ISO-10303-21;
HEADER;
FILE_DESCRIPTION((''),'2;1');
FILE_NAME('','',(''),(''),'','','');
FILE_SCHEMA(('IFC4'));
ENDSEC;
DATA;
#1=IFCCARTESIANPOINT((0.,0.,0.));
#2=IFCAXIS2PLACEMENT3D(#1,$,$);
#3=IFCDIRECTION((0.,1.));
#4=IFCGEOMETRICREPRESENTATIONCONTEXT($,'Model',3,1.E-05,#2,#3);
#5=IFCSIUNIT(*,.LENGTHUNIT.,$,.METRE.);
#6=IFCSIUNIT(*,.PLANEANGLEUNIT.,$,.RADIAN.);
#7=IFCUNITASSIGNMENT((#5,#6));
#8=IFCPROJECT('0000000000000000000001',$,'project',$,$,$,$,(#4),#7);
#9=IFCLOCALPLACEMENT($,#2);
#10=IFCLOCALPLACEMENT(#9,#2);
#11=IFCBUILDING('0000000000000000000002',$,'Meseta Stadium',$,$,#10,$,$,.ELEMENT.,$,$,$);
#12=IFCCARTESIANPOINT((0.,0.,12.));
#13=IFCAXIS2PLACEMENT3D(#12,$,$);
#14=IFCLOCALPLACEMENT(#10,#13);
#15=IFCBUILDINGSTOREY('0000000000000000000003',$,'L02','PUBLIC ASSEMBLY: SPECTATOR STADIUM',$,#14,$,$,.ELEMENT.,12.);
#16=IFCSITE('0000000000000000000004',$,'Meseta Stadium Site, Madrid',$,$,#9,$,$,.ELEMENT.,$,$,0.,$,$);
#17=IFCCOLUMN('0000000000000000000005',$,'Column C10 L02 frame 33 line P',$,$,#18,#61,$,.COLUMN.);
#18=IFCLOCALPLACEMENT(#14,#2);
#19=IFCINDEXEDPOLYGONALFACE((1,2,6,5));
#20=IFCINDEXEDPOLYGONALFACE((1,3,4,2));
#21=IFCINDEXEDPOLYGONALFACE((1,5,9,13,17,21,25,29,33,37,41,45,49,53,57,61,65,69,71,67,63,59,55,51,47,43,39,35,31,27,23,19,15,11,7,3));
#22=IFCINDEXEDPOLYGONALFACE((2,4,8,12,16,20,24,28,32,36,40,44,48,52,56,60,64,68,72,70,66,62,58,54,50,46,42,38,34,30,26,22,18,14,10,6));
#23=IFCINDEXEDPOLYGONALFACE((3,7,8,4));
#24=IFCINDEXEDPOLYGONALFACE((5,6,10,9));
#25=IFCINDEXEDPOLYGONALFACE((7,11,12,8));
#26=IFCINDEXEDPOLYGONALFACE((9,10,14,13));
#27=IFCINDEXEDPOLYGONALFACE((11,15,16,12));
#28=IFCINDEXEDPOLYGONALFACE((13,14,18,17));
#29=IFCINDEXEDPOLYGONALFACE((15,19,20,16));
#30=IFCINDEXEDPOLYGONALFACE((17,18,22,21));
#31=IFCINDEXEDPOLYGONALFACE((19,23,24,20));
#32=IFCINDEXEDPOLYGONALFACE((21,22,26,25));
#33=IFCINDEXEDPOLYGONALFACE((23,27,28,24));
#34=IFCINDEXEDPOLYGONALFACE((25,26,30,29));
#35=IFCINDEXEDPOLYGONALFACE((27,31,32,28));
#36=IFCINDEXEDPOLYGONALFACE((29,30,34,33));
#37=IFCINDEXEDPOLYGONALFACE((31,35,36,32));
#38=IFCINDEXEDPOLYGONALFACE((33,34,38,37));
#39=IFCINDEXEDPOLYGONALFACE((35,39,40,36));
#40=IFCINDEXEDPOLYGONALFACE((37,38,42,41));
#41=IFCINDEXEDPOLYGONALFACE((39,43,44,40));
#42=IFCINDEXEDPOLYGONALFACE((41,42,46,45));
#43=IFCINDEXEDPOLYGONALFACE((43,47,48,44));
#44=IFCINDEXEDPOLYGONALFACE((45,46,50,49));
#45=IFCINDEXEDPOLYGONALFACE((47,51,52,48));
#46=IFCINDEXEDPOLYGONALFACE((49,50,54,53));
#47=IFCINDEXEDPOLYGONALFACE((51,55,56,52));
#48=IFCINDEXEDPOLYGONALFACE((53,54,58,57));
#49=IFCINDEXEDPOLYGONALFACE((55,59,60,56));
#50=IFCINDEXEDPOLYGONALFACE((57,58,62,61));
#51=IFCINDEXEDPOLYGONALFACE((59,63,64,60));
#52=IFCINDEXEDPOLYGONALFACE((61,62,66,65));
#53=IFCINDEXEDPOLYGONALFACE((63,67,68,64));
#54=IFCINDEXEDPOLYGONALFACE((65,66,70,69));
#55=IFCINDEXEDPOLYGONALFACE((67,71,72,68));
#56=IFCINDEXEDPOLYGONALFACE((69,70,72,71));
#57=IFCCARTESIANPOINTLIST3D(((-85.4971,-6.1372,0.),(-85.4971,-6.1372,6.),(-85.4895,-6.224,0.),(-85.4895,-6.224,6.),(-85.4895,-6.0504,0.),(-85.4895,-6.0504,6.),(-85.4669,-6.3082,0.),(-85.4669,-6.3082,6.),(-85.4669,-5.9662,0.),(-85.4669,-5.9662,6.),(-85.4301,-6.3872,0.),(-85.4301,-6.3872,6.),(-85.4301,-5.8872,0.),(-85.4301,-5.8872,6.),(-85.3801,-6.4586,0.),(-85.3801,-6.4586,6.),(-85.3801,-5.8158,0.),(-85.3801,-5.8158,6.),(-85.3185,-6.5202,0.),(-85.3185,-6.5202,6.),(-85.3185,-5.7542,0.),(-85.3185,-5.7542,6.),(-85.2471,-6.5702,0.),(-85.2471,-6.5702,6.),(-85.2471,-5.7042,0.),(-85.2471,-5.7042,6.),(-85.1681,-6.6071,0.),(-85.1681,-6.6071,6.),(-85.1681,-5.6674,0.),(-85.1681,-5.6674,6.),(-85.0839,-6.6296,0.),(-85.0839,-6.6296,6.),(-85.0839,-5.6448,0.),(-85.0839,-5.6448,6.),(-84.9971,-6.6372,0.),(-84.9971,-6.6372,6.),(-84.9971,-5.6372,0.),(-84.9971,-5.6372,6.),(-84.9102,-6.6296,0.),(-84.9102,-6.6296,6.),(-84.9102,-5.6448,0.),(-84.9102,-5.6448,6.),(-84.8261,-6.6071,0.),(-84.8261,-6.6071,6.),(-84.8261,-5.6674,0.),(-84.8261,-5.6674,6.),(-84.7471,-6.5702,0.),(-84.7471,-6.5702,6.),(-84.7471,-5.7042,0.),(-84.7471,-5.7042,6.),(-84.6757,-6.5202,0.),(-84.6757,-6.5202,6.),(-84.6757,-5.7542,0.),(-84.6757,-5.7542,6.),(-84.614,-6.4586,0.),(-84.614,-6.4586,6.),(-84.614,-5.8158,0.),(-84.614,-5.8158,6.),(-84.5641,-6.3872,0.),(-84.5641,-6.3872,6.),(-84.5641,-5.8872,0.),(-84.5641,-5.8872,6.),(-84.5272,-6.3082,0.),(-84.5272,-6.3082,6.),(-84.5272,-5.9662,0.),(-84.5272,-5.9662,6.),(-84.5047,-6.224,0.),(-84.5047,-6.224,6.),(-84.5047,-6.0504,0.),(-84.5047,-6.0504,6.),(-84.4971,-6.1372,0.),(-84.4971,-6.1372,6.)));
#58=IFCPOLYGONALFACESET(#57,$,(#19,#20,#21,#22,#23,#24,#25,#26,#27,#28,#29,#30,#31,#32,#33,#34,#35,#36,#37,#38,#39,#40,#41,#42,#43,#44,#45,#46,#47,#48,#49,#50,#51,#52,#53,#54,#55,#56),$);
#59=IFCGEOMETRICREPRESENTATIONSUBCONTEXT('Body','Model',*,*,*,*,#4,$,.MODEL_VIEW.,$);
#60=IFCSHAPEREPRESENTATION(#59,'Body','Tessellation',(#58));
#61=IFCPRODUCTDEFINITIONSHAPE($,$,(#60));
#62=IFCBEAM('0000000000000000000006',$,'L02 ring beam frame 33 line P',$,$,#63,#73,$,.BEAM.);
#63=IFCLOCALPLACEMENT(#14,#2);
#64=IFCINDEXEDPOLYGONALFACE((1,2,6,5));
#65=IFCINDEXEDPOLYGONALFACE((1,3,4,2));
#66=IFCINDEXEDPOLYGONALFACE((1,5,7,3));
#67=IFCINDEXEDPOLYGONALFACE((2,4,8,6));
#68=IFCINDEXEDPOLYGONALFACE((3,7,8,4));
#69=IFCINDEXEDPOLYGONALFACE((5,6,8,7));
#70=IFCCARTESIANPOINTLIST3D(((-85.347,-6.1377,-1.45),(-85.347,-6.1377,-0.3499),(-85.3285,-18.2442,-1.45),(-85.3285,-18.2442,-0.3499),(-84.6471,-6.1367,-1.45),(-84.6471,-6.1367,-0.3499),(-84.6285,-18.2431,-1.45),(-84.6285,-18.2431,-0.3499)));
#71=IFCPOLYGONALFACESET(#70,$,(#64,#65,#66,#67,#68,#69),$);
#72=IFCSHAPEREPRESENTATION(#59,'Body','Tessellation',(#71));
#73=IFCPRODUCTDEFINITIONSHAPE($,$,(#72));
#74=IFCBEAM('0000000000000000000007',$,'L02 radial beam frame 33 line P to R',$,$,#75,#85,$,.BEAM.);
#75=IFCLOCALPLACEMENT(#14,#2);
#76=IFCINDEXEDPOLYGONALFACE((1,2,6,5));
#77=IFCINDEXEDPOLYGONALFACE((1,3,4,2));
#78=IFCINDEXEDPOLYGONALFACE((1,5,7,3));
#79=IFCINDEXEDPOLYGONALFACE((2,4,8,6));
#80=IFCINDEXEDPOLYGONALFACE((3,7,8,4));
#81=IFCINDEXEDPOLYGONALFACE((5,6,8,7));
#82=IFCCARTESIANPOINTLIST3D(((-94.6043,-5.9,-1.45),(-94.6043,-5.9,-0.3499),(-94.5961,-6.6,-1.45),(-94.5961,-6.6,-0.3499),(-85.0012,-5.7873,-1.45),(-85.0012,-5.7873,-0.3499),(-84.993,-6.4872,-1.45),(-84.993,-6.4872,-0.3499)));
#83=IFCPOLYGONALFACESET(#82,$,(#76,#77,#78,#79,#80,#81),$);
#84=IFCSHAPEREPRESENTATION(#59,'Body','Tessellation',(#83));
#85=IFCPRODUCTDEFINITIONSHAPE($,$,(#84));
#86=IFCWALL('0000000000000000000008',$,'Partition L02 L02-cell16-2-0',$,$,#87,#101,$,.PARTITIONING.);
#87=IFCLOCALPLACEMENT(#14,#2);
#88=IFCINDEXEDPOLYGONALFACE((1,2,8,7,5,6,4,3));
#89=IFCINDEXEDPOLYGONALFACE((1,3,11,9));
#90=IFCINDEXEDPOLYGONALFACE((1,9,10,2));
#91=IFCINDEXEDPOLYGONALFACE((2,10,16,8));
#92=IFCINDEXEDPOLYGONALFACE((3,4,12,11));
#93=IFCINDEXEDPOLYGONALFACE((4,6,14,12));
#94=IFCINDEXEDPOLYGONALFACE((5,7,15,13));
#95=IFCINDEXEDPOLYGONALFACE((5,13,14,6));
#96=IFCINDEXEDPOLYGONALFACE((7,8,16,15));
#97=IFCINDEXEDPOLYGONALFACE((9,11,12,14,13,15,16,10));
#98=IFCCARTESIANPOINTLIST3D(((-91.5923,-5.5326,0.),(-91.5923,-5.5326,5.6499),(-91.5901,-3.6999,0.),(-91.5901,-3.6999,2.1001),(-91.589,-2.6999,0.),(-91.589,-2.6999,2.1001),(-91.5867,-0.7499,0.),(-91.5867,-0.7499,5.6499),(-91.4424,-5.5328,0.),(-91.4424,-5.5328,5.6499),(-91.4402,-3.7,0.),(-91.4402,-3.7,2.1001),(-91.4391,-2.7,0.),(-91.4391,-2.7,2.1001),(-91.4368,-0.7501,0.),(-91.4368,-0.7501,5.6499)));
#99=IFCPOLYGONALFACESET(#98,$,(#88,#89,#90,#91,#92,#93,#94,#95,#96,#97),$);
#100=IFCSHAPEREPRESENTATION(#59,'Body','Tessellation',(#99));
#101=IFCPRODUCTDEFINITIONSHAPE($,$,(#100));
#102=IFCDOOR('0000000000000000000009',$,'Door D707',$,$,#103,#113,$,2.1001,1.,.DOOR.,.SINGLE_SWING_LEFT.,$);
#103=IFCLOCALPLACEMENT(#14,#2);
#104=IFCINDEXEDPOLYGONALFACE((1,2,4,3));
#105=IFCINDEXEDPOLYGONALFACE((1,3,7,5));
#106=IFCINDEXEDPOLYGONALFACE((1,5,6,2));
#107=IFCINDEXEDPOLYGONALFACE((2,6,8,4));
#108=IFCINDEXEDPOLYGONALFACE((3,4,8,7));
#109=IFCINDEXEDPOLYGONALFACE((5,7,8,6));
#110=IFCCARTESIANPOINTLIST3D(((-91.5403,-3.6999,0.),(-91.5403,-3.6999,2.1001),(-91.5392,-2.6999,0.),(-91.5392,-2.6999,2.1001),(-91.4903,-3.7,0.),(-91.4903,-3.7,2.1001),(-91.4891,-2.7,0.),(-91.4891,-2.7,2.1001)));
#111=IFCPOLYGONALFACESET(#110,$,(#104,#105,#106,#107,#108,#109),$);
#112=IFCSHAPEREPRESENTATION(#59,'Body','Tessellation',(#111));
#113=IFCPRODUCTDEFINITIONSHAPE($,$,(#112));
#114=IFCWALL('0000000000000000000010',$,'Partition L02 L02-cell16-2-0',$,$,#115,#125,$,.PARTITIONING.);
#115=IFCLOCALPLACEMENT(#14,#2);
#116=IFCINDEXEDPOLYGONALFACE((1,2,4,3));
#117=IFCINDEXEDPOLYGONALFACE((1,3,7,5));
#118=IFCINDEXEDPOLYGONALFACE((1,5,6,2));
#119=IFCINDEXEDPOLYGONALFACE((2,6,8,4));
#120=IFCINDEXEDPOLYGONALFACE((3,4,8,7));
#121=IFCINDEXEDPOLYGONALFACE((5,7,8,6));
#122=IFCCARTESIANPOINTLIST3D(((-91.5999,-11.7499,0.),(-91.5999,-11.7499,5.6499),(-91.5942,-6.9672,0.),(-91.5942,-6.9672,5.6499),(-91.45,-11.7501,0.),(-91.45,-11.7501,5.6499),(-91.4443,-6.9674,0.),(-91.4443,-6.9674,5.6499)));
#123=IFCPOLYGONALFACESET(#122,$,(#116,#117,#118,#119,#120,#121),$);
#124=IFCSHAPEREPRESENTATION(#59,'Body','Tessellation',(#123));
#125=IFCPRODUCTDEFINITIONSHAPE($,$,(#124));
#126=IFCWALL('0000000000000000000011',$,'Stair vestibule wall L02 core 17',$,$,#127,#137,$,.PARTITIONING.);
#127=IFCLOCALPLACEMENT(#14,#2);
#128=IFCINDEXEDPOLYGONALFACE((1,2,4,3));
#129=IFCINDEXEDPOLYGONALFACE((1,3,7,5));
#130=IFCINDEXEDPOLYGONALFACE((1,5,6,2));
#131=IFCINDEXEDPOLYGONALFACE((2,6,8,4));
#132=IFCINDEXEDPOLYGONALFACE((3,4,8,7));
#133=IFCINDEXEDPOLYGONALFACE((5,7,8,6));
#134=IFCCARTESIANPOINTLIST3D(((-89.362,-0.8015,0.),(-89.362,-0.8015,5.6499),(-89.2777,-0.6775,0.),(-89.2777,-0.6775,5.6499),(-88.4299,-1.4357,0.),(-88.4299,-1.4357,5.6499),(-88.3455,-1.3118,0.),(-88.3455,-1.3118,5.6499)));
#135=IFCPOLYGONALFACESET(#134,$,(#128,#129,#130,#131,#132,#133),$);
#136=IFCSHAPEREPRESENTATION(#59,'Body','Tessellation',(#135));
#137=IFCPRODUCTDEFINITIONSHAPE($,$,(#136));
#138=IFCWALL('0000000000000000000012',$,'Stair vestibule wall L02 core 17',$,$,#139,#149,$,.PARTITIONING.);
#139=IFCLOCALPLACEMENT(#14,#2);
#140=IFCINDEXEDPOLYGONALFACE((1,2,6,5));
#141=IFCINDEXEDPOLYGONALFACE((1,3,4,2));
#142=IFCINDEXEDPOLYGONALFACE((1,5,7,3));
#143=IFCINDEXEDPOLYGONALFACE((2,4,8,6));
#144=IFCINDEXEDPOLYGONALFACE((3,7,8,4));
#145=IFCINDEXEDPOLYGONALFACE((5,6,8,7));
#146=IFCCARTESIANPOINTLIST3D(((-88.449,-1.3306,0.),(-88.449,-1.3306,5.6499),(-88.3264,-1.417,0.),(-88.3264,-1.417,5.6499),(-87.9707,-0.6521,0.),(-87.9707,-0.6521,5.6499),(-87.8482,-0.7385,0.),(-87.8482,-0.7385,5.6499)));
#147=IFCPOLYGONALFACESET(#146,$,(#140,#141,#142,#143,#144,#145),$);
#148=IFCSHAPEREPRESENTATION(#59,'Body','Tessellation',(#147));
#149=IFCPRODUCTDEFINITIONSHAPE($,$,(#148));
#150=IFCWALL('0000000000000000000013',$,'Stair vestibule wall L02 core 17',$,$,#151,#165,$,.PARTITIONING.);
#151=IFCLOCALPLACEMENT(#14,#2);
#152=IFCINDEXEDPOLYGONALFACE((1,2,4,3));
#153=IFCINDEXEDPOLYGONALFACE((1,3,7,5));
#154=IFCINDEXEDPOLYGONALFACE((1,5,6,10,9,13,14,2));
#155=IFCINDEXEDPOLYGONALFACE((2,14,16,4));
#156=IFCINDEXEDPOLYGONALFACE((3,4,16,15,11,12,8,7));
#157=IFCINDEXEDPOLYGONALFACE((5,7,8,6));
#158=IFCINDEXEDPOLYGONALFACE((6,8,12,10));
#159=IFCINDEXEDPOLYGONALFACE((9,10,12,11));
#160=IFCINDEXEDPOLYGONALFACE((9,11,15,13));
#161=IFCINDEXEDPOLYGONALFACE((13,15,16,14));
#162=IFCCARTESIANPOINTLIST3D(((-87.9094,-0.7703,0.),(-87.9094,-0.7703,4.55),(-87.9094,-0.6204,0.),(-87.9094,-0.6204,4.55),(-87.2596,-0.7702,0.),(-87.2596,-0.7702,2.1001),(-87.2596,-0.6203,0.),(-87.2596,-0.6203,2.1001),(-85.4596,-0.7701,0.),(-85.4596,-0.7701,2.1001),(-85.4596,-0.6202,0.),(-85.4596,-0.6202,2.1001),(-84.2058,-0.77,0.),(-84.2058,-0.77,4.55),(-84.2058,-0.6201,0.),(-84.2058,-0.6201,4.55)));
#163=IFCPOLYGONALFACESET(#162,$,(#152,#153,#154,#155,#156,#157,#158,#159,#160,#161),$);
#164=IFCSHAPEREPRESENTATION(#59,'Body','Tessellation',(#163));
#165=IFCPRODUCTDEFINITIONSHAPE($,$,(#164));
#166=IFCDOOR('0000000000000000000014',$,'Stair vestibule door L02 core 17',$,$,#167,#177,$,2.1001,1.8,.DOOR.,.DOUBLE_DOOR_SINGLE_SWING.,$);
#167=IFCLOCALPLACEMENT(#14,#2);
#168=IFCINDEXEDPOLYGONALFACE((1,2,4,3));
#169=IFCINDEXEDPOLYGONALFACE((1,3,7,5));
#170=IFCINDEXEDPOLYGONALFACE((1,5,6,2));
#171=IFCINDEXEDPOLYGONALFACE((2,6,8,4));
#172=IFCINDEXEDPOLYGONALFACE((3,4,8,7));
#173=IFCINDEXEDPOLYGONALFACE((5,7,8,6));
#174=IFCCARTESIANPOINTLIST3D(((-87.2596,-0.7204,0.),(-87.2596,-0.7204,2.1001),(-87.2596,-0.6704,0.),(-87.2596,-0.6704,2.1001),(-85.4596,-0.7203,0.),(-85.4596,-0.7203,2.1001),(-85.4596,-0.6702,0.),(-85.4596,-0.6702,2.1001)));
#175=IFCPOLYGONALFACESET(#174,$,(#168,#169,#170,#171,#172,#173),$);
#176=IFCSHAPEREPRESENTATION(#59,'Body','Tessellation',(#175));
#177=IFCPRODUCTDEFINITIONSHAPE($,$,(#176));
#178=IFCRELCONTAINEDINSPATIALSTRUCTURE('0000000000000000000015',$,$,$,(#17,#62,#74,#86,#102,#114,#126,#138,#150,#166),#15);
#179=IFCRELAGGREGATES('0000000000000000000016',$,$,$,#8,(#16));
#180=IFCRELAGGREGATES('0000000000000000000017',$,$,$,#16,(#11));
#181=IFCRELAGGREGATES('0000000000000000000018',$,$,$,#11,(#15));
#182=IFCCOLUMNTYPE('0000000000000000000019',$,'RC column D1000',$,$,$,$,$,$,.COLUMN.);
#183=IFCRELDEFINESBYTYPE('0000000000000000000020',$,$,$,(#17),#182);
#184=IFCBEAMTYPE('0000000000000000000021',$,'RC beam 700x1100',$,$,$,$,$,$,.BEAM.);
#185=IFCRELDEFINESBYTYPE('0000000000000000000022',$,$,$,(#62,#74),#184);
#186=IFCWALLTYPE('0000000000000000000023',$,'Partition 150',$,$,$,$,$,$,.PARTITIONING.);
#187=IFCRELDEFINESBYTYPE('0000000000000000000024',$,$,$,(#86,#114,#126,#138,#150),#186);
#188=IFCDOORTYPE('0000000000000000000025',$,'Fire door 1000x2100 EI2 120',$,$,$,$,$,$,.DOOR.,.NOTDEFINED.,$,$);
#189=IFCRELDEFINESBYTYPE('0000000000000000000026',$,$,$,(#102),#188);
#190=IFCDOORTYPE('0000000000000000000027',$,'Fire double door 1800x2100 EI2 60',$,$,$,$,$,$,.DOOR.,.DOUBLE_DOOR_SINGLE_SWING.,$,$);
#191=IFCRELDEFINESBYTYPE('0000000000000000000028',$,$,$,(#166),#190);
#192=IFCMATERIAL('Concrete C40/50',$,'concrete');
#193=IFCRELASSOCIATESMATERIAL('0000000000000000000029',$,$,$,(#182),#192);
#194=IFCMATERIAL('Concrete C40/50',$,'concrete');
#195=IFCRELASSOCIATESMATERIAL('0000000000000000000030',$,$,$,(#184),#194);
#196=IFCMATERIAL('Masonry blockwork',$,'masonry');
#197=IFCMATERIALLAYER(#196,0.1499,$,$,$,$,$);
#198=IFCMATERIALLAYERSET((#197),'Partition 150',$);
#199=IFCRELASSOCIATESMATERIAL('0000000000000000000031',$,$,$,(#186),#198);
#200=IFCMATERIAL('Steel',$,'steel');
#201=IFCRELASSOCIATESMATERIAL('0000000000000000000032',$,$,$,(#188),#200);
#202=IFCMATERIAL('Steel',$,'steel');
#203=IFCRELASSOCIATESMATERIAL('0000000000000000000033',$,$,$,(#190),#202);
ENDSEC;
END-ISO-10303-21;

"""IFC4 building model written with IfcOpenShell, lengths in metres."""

from ifc_helpers import new_model, si_unit, direction, frame, frame_2d, origin, origin_2d, place, context, subcontext, project, spatial, rectangle, circle, extrude, material, layer, layer_set, material_profile, profile_set, type_object, element, fill, save


model = new_model("IFC4")

# Units and contexts
model_context = context("Model", 3, precision=1e-05, world=origin(), true_north=direction((0.0, 1.0)))
body_context = subcontext(model_context, "Body", "Model", "MODEL_VIEW")
ifc_project = project(units=[si_unit("LENGTHUNIT", "METRE"), si_unit("PLANEANGLEUNIT", "RADIAN")], contexts=[model_context])

# Site, building, storey
site_placement = place(None, origin())
site = spatial("IfcSite", under=ifc_project, at=site_placement, Name="Meseta Stadium Site, Madrid", CompositionType="ELEMENT", RefElevation=0.0)
building_placement = place(site_placement, origin())
building = spatial("IfcBuilding", under=site, at=building_placement, Name="Meseta Stadium", CompositionType="ELEMENT")
storey_placement = place(building_placement, frame((0.0, 0.0, 12.0)))
storey = spatial("IfcBuildingStorey", under=building, at=storey_placement, Name="L02", Description="PUBLIC ASSEMBLY: SPECTATOR STADIUM", CompositionType="ELEMENT", Elevation=12.0)

# Column
ifc_material_1 = material(Name="Concrete C40/50", Category="concrete")
ifc_material_profile_1 = material_profile(ifc_material_1, circle(Radius=0.5, at=origin_2d()), Name="RC D1000")
ifc_profile_set_1 = profile_set([ifc_material_profile_1], Name="Concrete C40/50")
column_type = type_object("IfcColumnType", Name="RC column D1000", PredefinedType="COLUMN", material=ifc_profile_set_1)
column_placement = place(storey_placement, frame((-84.9971, -6.1372, 0.0), z_axis=(0.0, 0.0, 1.0), x_axis=(1.0, 0.0, 0.0)))
element("IfcColumn", 1, at=column_placement, inside=storey, type_object=column_type, Name="Column C10 L02 frame 33 line P", PredefinedType="COLUMN", context=body_context, shape_type="SweptSolid", body=[
    extrude(circle(Radius=0.5, at=origin_2d()), origin(), (0.0, 0.0, 1.0), 6.0),
])

# Beams
ifc_material_2 = material(Name="Concrete C40/50", Category="concrete")
ifc_material_profile_2 = material_profile(ifc_material_2, rectangle(XDim=0.7, YDim=1.1001, at=origin_2d()), Name="RC 700x1100")
ifc_profile_set_2 = profile_set([ifc_material_profile_2], Name="Concrete C40/50")
beam_type = type_object("IfcBeamType", Name="RC beam 700x1100", PredefinedType="BEAM", material=ifc_profile_set_2)
beam_1_placement = place(storey_placement, frame((-84.9971, -6.1372, -0.8999), z_axis=(0.001533, -0.999999, 0.0), x_axis=(0.999999, 0.001533, 0.0)))
element("IfcBeam", 2, at=beam_1_placement, inside=storey, type_object=beam_type, Name="L02 ring beam frame 33 line P", PredefinedType="BEAM", context=body_context, shape_type="SweptSolid", body=[
    extrude(rectangle(XDim=0.7, YDim=1.1001, at=origin_2d()), origin(), (0.0, 0.0, 1.0), 12.1064),
])
beam_2_placement = place(storey_placement, frame((-84.9971, -6.1372, -0.8999), z_axis=(-0.999931, -0.011745, 0.0), x_axis=(0.011745, -0.999931, 0.0)))
element("IfcBeam", 3, at=beam_2_placement, inside=storey, type_object=beam_type, Name="L02 radial beam frame 33 line P to R", PredefinedType="BEAM", context=body_context, shape_type="SweptSolid", body=[
    extrude(rectangle(XDim=0.7, YDim=1.1001, at=origin_2d()), origin(), (0.0, 0.0, 1.0), 9.6038),
])

# Wall, opening, door
ifc_material_3 = material(Name="Masonry blockwork", Category="masonry")
ifc_layer = layer(ifc_material_3, 0.1499)
ifc_layer_set = layer_set([ifc_layer], Name="Partition 150")
wall_type = type_object("IfcWallType", Name="Partition 150", PredefinedType="PARTITIONING", material=ifc_layer_set)
wall_1_placement = place(storey_placement, frame((-91.5117, -0.75, 0.0), z_axis=(0.0, 0.0, 1.0), x_axis=(-0.001174, -0.999999, 0.0)))
wall_1 = element("IfcWall", 4, at=wall_1_placement, inside=storey, type_object=wall_type, Name="Partition L02 L02-cell16-2-0", PredefinedType="PARTITIONING", context=body_context, shape_type="SweptSolid", body=[
    extrude(rectangle(XDim=4.7827, YDim=0.1499, at=frame_2d((2.3914, 0.0))), origin(), (0.0, 0.0, 1.0), 5.6499),
])
opening_1_placement = place(wall_1_placement, frame((1.95, 0.0, 0.0)))
opening_1 = element("IfcOpeningElement", 5, at=opening_1_placement, cuts=wall_1, PredefinedType="OPENING", context=body_context, shape_type="SweptSolid", body=[
    extrude(rectangle(XDim=1.0, YDim=2.1001, at=frame_2d((0.5, 1.05))), frame((0.0, 0.085, 0.0), z_axis=(0.0, -1.0, 0.0), x_axis=(1.0, 0.0, 0.0)), (0.0, 0.0, 1.0), 0.1699),
])
ifc_material_4 = material(Name="Steel", Category="steel")
door_type_1 = type_object("IfcDoorType", Name="Fire door 1000x2100 EI2 120", OperationType="NOTDEFINED", PredefinedType="DOOR", material=ifc_material_4)
door_1_placement = place(opening_1_placement, origin())
door_1 = element("IfcDoor", 6, at=door_1_placement, inside=storey, type_object=door_type_1, Name="Door D707", OperationType="SINGLE_SWING_LEFT", OverallHeight=2.1001, OverallWidth=1.0, PredefinedType="DOOR", context=body_context, shape_type="SweptSolid", body=[
    extrude(rectangle(XDim=1.0, YDim=2.1001, at=frame_2d((0.5, 1.05))), frame((0.0, 0.0249, 0.0), z_axis=(0.0, -1.0, 0.0), x_axis=(1.0, 0.0, 0.0)), (0.0, 0.0, 1.0), 0.05),
])
fill(opening_1, door_1)

# Walls
wall_2_placement = place(storey_placement, frame((-91.5193, -6.9673, 0.0), z_axis=(0.0, 0.0, 1.0), x_axis=(-0.001174, -0.999999, 0.0)))
element("IfcWall", 7, at=wall_2_placement, inside=storey, type_object=wall_type, Name="Partition L02 L02-cell16-2-0", PredefinedType="PARTITIONING", context=body_context, shape_type="SweptSolid", body=[
    extrude(rectangle(XDim=4.7827, YDim=0.1499, at=frame_2d((2.3914, 0.0))), origin(), (0.0, 0.0, 1.0), 5.6499),
])
wall_3_placement = place(storey_placement, frame((-89.3198, -0.7395, 0.0), z_axis=(0.0, 0.0, 1.0), x_axis=(0.826749, -0.562571, 0.0)))
element("IfcWall", 8, at=wall_3_placement, inside=storey, type_object=wall_type, Name="Stair vestibule wall L02 core 17", PredefinedType="PARTITIONING", context=body_context, shape_type="SweptSolid", body=[
    extrude(rectangle(XDim=1.1274, YDim=0.1499, at=frame_2d((0.5637, 0.0))), origin(), (0.0, 0.0, 1.0), 5.6499),
])
wall_4_placement = place(storey_placement, frame((-88.3877, -1.3738, 0.0), z_axis=(0.0, 0.0, 1.0), x_axis=(0.576163, 0.817334, 0.0)))
element("IfcWall", 9, at=wall_4_placement, inside=storey, type_object=wall_type, Name="Stair vestibule wall L02 core 17", PredefinedType="PARTITIONING", context=body_context, shape_type="SweptSolid", body=[
    extrude(rectangle(XDim=0.8301, YDim=0.1499, at=frame_2d((0.415, 0.0))), origin(), (0.0, 0.0, 1.0), 5.6499),
])

# Wall, opening, door
wall_5_placement = place(storey_placement, frame((-87.9094, -0.6953, 0.0), z_axis=(0.0, 0.0, 1.0), x_axis=(1.0, 0.000066, 0.0)))
wall_5 = element("IfcWall", 10, at=wall_5_placement, inside=storey, type_object=wall_type, Name="Stair vestibule wall L02 core 17", PredefinedType="PARTITIONING", context=body_context, shape_type="SweptSolid", body=[
    extrude(rectangle(XDim=3.7036, YDim=0.1499, at=frame_2d((1.8518, 0.0))), origin(), (0.0, 0.0, 1.0), 4.55),
])
opening_2_placement = place(wall_5_placement, frame((0.6499, 0.0, 0.0)))
opening_2 = element("IfcOpeningElement", 11, at=opening_2_placement, cuts=wall_5, PredefinedType="OPENING", context=body_context, shape_type="SweptSolid", body=[
    extrude(rectangle(XDim=1.8, YDim=2.1001, at=frame_2d((0.8999, 1.05))), frame((0.0, 0.085, 0.0), z_axis=(0.0, -1.0, 0.0), x_axis=(1.0, 0.0, 0.0)), (0.0, 0.0, 1.0), 0.1699),
])
ifc_material_5 = material(Name="Steel", Category="steel")
door_type_2 = type_object("IfcDoorType", Name="Fire double door 1800x2100 EI2 60", OperationType="DOUBLE_DOOR_SINGLE_SWING", PredefinedType="DOOR", material=ifc_material_5)
door_2_placement = place(opening_2_placement, origin())
door_2 = element("IfcDoor", 12, at=door_2_placement, inside=storey, type_object=door_type_2, Name="Stair vestibule door L02 core 17", OperationType="DOUBLE_DOOR_SINGLE_SWING", OverallHeight=2.1001, OverallWidth=1.8, PredefinedType="DOOR", context=body_context, shape_type="SweptSolid", body=[
    extrude(rectangle(XDim=1.8, YDim=2.1001, at=frame_2d((0.8999, 1.05))), frame((0.0, 0.0249, 0.0), z_axis=(0.0, -1.0, 0.0), x_axis=(1.0, 0.0, 0.0)), (0.0, 0.0, 1.0), 0.05),
])
fill(opening_2, door_2)

save(model, "model.ifc")
